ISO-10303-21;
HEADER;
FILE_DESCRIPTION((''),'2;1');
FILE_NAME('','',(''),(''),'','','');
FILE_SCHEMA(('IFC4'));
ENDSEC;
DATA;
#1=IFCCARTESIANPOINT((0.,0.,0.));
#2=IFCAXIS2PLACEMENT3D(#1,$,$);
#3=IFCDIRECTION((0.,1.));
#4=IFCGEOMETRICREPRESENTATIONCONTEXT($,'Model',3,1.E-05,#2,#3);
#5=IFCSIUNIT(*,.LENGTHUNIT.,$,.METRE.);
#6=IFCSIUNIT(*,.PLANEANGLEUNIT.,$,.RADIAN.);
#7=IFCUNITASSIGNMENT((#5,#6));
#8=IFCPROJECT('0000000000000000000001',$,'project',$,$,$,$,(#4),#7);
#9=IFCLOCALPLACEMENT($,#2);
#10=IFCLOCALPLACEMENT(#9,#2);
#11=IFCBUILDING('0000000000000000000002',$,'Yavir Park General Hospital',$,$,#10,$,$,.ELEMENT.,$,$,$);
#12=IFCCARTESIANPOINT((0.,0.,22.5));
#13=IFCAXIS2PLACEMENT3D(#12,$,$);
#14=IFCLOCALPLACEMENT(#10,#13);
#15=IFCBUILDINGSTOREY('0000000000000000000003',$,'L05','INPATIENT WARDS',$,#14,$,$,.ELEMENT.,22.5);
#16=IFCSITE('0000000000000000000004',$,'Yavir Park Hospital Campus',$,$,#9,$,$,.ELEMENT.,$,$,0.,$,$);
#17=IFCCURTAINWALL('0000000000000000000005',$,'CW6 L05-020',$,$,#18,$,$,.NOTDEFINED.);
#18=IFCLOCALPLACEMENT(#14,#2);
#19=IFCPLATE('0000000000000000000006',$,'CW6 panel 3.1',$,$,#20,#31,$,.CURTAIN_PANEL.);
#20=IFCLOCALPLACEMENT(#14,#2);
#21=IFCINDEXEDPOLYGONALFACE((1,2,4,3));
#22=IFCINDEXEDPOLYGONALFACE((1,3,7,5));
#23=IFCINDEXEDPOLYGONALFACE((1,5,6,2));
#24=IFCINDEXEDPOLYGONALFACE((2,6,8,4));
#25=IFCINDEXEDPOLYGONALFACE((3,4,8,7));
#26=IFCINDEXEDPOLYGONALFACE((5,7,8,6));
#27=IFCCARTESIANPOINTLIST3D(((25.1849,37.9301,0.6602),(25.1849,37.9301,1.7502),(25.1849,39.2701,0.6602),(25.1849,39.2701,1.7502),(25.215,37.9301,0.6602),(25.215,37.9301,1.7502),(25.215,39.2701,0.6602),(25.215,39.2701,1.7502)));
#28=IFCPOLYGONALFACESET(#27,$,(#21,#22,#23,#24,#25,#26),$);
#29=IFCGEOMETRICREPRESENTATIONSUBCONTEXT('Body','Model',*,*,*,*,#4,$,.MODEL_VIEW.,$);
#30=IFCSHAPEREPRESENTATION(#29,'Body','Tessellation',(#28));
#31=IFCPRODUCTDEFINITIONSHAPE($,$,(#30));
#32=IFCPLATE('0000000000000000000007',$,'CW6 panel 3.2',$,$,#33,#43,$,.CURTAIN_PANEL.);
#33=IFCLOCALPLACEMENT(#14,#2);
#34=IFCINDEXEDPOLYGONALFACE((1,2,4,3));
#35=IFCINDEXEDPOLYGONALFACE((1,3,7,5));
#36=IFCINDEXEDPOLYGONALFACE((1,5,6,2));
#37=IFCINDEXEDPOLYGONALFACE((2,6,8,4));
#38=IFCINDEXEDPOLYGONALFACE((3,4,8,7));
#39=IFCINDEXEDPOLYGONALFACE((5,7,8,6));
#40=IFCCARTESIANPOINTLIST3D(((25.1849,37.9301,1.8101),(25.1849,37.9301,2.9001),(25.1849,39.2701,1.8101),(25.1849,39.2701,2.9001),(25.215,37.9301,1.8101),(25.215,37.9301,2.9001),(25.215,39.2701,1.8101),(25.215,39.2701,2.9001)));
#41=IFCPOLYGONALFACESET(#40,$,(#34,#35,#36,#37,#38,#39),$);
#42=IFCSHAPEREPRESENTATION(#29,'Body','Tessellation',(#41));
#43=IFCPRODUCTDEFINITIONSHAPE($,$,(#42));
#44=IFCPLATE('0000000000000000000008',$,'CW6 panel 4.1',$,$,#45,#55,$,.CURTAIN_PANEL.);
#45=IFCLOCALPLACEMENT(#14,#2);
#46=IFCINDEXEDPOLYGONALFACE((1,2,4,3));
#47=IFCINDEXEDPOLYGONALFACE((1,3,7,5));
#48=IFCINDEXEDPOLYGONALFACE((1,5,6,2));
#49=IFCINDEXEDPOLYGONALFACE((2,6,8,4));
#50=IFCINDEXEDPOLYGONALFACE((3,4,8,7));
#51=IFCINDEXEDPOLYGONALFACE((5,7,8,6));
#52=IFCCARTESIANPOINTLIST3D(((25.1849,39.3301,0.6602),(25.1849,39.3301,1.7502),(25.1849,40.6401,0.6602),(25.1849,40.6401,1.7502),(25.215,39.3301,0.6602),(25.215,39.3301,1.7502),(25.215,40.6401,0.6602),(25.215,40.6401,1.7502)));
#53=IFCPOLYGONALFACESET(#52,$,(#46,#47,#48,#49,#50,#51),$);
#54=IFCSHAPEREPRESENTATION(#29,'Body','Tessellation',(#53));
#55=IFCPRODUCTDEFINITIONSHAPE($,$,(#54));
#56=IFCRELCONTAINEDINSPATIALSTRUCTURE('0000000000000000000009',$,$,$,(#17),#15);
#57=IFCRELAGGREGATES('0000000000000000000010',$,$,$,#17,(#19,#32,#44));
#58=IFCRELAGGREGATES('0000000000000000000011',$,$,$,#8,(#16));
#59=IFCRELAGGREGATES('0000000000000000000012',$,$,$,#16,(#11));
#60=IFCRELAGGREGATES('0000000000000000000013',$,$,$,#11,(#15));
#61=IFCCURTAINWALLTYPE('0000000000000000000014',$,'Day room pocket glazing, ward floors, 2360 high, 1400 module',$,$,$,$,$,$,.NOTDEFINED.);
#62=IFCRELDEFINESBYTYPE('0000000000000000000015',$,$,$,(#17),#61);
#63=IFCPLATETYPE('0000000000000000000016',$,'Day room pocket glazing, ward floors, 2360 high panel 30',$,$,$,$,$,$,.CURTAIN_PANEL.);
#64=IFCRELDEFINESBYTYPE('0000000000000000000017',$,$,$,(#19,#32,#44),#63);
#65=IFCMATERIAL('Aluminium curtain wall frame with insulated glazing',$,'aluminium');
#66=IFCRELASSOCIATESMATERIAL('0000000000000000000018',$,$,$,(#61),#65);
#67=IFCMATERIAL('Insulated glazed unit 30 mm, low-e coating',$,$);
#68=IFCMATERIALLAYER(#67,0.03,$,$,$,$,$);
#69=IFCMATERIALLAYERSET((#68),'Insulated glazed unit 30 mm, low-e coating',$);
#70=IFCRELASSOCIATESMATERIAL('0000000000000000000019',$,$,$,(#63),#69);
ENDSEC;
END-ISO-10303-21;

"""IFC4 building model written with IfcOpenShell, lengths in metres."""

from ifc_helpers import new_model, si_unit, direction, frame, origin, origin_2d, place, context, subcontext, project, spatial, rectangle, extrude, material, layer, layer_set, type_object, element, aggregate, save


model = new_model("IFC4")

# Units and contexts
model_context = context("Model", 3, precision=1e-05, world=origin(), true_north=direction((0.0, 1.0)))
body_context = subcontext(model_context, "Body", "Model", "MODEL_VIEW")
ifc_project = project(units=[si_unit("LENGTHUNIT", "METRE"), si_unit("PLANEANGLEUNIT", "RADIAN")], contexts=[model_context])

# Site, building, storey
site_placement = place(None, origin())
site = spatial("IfcSite", under=ifc_project, at=site_placement, Name="Yavir Park Hospital Campus", CompositionType="ELEMENT", RefElevation=0.0)
building_placement = place(site_placement, origin())
building = spatial("IfcBuilding", under=site, at=building_placement, Name="Yavir Park General Hospital", CompositionType="ELEMENT")
storey_placement = place(building_placement, frame((0.0, 0.0, 22.5)))
storey = spatial("IfcBuildingStorey", under=building, at=storey_placement, Name="L05", Description="INPATIENT WARDS", CompositionType="ELEMENT", Elevation=22.5)

# Curtain wall, plates
ifc_material_1 = material(Name="Aluminium curtain wall frame with insulated glazing", Category="aluminium")
curtain_wall_type = type_object("IfcCurtainWallType", Name="Day room pocket glazing, ward floors, 2360 high, 1400 module", PredefinedType="NOTDEFINED", material=ifc_material_1)
curtain_wall_placement = place(storey_placement, origin())
curtain_wall = element("IfcCurtainWall", 1, at=curtain_wall_placement, inside=storey, type_object=curtain_wall_type, Name="CW6 L05-020", PredefinedType="NOTDEFINED")
ifc_material_2 = material(Name="Insulated glazed unit 30 mm, low-e coating")
ifc_layer = layer(ifc_material_2, 0.03)
ifc_layer_set = layer_set([ifc_layer], Name="Insulated glazed unit 30 mm, low-e coating")
plate_type = type_object("IfcPlateType", Name="Day room pocket glazing, ward floors, 2360 high panel 30", PredefinedType="CURTAIN_PANEL", material=ifc_layer_set)
plate_1_placement = place(storey_placement, frame((25.2, 38.6001, 0.6602), z_axis=(0.0, 0.0, 1.0), x_axis=(0.0, 1.0, 0.0)))
plate_1 = element("IfcPlate", 2, at=plate_1_placement, type_object=plate_type, Name="CW6 panel 3.1", PredefinedType="CURTAIN_PANEL", context=body_context, shape_type="SweptSolid", body=[
    extrude(rectangle(XDim=1.3401, YDim=0.03, at=origin_2d()), origin(), (0.0, 0.0, 1.0), 1.0901),
])
plate_2_placement = place(storey_placement, frame((25.2, 38.6001, 1.8101), z_axis=(0.0, 0.0, 1.0), x_axis=(0.0, 1.0, 0.0)))
plate_2 = element("IfcPlate", 3, at=plate_2_placement, type_object=plate_type, Name="CW6 panel 3.2", PredefinedType="CURTAIN_PANEL", context=body_context, shape_type="SweptSolid", body=[
    extrude(rectangle(XDim=1.3401, YDim=0.03, at=origin_2d()), origin(), (0.0, 0.0, 1.0), 1.0901),
])
plate_3_placement = place(storey_placement, frame((25.2, 39.9851, 0.6602), z_axis=(0.0, 0.0, 1.0), x_axis=(0.0, 1.0, 0.0)))
plate_3 = element("IfcPlate", 4, at=plate_3_placement, type_object=plate_type, Name="CW6 panel 4.1", PredefinedType="CURTAIN_PANEL", context=body_context, shape_type="SweptSolid", body=[
    extrude(rectangle(XDim=1.3101, YDim=0.03, at=origin_2d()), origin(), (0.0, 0.0, 1.0), 1.0901),
])
aggregate(curtain_wall, [plate_1, plate_2, plate_3])

save(model, "model.ifc")
